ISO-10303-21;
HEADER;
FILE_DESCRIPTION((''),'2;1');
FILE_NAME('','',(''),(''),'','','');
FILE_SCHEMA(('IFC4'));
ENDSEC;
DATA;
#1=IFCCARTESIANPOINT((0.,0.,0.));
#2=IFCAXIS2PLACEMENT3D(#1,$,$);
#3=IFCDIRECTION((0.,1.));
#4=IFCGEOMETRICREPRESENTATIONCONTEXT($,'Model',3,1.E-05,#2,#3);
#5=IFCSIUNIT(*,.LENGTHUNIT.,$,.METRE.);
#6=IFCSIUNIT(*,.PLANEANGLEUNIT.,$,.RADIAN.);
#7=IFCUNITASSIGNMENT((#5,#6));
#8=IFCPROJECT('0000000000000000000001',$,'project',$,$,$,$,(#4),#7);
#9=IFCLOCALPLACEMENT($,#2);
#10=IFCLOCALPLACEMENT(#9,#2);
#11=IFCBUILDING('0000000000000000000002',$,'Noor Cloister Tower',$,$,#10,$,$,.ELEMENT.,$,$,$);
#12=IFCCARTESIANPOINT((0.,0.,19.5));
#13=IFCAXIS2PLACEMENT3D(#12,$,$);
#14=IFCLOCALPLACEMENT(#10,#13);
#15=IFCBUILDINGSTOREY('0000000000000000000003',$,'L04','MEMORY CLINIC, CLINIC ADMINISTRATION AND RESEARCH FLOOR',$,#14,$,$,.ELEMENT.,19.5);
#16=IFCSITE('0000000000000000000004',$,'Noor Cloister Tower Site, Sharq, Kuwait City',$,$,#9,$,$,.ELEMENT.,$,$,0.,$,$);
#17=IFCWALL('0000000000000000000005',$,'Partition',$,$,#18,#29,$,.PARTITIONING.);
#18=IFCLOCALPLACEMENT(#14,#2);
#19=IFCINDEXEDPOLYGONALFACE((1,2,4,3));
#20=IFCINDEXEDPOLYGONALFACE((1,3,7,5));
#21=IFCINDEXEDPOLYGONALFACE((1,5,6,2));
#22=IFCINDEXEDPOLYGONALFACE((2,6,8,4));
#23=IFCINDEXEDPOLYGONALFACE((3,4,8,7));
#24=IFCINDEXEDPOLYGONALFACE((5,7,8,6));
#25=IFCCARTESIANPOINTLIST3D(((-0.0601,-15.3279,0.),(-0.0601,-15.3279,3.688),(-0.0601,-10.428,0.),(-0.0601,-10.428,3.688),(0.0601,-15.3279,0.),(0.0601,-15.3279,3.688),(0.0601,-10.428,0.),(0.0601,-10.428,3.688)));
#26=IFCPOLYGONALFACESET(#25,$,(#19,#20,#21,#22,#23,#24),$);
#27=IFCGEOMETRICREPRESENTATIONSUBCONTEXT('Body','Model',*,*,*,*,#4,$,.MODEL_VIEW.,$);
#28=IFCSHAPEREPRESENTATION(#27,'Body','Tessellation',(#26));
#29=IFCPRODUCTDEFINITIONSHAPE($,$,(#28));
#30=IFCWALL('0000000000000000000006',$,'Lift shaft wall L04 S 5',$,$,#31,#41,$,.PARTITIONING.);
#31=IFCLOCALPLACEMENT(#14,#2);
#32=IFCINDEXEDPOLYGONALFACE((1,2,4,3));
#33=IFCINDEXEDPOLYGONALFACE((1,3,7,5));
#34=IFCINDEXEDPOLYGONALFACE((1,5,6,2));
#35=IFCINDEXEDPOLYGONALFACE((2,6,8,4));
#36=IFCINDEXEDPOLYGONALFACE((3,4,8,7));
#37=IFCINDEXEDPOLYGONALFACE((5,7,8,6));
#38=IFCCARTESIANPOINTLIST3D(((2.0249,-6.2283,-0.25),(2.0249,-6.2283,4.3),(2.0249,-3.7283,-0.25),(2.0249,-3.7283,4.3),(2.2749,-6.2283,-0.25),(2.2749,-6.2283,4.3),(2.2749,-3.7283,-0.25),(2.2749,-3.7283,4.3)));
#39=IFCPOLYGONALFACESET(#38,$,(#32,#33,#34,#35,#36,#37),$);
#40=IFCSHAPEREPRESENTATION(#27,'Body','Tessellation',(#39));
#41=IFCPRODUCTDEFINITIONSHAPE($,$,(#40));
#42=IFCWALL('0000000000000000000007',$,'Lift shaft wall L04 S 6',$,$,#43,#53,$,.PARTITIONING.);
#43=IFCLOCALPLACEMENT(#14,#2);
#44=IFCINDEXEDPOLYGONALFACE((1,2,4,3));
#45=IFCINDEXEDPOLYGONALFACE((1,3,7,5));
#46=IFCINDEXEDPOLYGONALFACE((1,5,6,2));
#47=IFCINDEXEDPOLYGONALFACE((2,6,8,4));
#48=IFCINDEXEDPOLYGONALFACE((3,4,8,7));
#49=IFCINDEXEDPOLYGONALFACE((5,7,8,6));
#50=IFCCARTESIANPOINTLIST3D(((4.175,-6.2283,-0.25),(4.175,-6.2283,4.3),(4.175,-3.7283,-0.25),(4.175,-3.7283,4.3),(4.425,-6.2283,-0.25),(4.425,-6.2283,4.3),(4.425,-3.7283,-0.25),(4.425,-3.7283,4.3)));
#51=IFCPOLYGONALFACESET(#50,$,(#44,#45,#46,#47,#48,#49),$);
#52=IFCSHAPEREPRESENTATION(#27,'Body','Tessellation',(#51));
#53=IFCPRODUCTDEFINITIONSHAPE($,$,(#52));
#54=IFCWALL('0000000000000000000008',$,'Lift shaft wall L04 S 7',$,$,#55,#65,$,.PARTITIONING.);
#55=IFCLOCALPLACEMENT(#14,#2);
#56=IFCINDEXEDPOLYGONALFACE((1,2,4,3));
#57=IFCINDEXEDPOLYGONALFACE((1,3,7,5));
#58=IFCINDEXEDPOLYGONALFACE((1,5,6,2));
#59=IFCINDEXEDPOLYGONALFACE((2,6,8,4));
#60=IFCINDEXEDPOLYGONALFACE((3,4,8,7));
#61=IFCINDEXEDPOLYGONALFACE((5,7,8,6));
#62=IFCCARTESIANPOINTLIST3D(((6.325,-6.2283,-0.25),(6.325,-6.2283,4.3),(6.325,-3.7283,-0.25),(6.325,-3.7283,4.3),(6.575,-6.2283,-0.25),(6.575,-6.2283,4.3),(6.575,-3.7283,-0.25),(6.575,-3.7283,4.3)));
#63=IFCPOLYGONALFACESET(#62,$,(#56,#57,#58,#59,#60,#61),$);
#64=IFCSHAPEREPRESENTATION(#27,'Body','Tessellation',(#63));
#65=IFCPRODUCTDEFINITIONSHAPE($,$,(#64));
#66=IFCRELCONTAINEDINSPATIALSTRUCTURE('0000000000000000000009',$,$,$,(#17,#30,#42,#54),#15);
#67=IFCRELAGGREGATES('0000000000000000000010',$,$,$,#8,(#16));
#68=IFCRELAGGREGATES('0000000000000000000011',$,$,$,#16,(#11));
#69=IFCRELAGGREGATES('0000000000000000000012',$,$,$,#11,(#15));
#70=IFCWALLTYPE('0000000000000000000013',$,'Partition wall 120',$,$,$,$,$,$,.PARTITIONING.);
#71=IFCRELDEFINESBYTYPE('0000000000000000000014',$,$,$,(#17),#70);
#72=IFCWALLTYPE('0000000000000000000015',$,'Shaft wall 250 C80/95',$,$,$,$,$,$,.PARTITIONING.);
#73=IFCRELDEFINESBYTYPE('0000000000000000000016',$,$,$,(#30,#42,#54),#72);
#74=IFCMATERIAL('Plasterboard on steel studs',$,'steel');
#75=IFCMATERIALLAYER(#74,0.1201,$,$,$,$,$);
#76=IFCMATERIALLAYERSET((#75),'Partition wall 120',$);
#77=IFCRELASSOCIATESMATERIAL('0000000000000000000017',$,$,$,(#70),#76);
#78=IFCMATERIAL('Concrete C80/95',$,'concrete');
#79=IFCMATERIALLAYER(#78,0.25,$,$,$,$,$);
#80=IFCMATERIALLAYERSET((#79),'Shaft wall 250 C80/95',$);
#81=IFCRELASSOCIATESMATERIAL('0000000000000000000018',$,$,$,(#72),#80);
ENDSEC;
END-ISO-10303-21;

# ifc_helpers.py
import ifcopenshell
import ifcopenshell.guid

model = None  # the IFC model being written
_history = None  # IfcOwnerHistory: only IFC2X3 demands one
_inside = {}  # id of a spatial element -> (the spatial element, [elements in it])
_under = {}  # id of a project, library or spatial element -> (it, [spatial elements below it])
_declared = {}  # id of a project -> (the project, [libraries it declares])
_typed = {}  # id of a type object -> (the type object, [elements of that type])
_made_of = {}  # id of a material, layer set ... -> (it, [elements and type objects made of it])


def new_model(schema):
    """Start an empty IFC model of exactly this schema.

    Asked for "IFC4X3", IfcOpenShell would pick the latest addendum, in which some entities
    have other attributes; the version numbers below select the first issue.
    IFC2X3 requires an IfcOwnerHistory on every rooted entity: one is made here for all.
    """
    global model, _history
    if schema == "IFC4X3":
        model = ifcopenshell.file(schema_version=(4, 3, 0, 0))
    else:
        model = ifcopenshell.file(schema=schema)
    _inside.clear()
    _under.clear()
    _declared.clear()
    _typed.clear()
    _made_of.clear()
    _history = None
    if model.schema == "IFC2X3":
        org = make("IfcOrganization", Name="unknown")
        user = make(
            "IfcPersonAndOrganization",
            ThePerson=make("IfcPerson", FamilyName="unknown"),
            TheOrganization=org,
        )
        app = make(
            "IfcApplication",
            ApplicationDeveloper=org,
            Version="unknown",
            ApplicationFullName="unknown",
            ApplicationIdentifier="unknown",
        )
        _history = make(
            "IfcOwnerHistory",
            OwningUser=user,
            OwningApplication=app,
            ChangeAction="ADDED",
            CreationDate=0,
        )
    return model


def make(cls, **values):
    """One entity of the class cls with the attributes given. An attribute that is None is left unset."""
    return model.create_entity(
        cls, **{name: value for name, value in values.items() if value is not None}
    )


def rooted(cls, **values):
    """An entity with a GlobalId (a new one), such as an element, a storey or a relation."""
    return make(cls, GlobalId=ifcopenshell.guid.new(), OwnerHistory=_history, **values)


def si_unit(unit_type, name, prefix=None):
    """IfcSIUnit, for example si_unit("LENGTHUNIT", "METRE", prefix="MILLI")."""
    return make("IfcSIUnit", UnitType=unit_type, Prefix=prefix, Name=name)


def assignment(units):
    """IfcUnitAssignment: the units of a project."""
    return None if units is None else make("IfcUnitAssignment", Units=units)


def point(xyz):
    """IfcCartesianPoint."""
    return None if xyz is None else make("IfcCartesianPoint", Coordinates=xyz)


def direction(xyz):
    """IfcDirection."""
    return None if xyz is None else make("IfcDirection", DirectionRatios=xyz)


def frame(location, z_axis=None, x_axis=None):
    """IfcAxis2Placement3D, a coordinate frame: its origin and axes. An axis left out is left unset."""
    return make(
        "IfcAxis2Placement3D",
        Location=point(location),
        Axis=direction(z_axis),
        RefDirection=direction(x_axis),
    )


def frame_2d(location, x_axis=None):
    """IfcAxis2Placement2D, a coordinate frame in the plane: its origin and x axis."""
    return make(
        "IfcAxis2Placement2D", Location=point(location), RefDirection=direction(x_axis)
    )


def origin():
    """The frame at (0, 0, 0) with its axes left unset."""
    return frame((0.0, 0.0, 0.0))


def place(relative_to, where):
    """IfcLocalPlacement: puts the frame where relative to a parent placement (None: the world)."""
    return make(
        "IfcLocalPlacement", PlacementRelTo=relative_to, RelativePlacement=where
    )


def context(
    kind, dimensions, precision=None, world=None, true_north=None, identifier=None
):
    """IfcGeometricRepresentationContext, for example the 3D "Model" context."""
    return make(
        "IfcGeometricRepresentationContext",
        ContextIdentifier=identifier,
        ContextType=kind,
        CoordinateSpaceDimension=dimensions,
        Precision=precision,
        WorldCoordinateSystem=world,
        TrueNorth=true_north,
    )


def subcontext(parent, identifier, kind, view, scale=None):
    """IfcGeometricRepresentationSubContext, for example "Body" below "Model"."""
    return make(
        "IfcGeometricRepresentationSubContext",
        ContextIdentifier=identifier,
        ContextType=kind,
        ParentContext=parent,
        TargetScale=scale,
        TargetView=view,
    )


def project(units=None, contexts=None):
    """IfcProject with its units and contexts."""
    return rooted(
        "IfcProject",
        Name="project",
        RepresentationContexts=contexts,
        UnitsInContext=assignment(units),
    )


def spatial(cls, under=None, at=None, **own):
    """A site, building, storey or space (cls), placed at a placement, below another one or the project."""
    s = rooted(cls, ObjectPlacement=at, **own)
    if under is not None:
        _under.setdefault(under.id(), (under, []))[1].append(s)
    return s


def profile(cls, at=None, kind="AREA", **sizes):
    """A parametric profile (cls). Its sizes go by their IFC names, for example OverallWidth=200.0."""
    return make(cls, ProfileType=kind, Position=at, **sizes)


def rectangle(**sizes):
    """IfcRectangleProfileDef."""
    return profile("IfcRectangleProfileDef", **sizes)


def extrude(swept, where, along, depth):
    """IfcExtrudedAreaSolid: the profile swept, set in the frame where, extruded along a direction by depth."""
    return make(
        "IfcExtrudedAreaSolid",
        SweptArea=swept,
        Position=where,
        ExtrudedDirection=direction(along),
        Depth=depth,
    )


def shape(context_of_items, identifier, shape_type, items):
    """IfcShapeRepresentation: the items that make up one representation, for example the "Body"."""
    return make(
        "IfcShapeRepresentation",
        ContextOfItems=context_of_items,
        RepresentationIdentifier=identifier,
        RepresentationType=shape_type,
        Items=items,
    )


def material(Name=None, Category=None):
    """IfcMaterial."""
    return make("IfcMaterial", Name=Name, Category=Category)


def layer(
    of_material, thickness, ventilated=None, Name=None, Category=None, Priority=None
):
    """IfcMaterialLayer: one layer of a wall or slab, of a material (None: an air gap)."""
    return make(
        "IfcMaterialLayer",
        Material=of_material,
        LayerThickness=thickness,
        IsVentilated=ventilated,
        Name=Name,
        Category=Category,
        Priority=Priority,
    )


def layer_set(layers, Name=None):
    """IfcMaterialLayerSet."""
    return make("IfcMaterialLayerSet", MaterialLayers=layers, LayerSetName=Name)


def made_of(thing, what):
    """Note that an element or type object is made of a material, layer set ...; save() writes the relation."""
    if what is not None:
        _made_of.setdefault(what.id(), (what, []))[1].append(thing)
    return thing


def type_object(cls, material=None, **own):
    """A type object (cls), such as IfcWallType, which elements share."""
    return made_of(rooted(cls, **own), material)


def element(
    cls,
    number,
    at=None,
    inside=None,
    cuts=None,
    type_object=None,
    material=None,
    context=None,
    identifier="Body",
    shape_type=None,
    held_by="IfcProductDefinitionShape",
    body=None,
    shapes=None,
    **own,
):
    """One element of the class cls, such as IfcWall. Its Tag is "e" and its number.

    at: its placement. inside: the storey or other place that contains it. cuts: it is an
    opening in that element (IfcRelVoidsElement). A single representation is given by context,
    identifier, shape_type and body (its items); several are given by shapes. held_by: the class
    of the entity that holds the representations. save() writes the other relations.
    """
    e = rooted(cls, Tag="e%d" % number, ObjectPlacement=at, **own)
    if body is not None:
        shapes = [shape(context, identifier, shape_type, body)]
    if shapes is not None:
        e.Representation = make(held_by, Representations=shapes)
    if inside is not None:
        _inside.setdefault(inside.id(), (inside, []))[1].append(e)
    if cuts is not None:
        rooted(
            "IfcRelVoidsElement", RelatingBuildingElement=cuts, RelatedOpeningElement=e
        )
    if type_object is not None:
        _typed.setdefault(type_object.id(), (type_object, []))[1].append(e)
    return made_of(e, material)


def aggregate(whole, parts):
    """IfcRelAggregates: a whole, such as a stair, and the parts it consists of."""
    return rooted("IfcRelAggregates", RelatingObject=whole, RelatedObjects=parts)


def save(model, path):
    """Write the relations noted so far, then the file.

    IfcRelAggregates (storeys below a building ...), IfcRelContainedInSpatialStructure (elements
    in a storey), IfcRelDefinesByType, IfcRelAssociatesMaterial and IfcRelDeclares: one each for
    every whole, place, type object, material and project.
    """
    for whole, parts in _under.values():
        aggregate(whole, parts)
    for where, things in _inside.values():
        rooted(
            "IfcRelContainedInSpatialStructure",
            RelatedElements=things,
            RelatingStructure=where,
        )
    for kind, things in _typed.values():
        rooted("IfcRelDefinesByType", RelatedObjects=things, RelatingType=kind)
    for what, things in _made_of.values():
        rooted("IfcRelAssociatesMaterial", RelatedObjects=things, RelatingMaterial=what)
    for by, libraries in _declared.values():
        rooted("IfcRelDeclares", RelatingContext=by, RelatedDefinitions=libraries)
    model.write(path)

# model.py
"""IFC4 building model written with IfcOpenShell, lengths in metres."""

from ifc_helpers import new_model, si_unit, direction, frame, frame_2d, origin, place, context, subcontext, project, spatial, rectangle, extrude, material, layer, layer_set, type_object, element, save


model = new_model("IFC4")

# Units and contexts
model_context = context("Model", 3, precision=1e-05, world=origin(), true_north=direction((0.0, 1.0)))
body_context = subcontext(model_context, "Body", "Model", "MODEL_VIEW")
ifc_project = project(units=[si_unit("LENGTHUNIT", "METRE"), si_unit("PLANEANGLEUNIT", "RADIAN")], contexts=[model_context])

# Site, building, storey
site_placement = place(None, origin())
site = spatial("IfcSite", under=ifc_project, at=site_placement, Name="Noor Cloister Tower Site, Sharq, Kuwait City", CompositionType="ELEMENT", RefElevation=0.0)
building_placement = place(site_placement, origin())
building = spatial("IfcBuilding", under=site, at=building_placement, Name="Noor Cloister Tower", CompositionType="ELEMENT")
storey_placement = place(building_placement, frame((0.0, 0.0, 19.5)))
storey = spatial("IfcBuildingStorey", under=building, at=storey_placement, Name="L04", Description="MEMORY CLINIC, CLINIC ADMINISTRATION AND RESEARCH FLOOR", CompositionType="ELEMENT", Elevation=19.5)

# Shared definitions
ifc_material_1 = material(Name="Plasterboard on steel studs", Category="steel")
ifc_layer_1 = layer(ifc_material_1, 0.1201)
ifc_layer_set_1 = layer_set([ifc_layer_1], Name="Partition wall 120")
wall_type_1 = type_object("IfcWallType", Name="Partition wall 120", PredefinedType="PARTITIONING", material=ifc_layer_set_1)

# Walls
wall_1_placement = place(storey_placement, frame((0.0, -10.428, 0.0), z_axis=(0.0, 0.0, 1.0), x_axis=(0.0, -1.0, 0.0)))
element("IfcWall", 1, at=wall_1_placement, inside=storey, type_object=wall_type_1, Name="Partition", PredefinedType="PARTITIONING", context=body_context, shape_type="SweptSolid", body=[
    extrude(rectangle(XDim=4.8999, YDim=0.1201, at=frame_2d((2.45, 0.0))), origin(), (0.0, 0.0, 1.0), 3.688),
])
ifc_material_2 = material(Name="Concrete C80/95", Category="concrete")
ifc_layer_2 = layer(ifc_material_2, 0.25)
ifc_layer_set_2 = layer_set([ifc_layer_2], Name="Shaft wall 250 C80/95")
wall_type_2 = type_object("IfcWallType", Name="Shaft wall 250 C80/95", PredefinedType="PARTITIONING", material=ifc_layer_set_2)
for number, where, z_axis, x_axis, name in (
    (2, (2.1499, -6.2283, -0.25), (0.0, 0.0, 1.0), (0.0, 1.0, 0.0), "Lift shaft wall L04 S 5"),
    (3, (4.3, -6.2283, -0.25), (0.0, 0.0, 1.0), (0.0, 1.0, 0.0), "Lift shaft wall L04 S 6"),
    (4, (6.45, -6.2283, -0.25), (0.0, 0.0, 1.0), (0.0, 1.0, 0.0), "Lift shaft wall L04 S 7"),
):
    element("IfcWall", number, at=place(storey_placement, frame(where, z_axis=z_axis, x_axis=x_axis)), inside=storey, type_object=wall_type_2, Name=name, PredefinedType="PARTITIONING", context=body_context, shape_type="SweptSolid", body=[
        extrude(rectangle(XDim=2.5, YDim=0.25, at=frame_2d((1.25, 0.0))), origin(), (0.0, 0.0, 1.0), 4.55),
    ])

save(model, "model.ifc")
